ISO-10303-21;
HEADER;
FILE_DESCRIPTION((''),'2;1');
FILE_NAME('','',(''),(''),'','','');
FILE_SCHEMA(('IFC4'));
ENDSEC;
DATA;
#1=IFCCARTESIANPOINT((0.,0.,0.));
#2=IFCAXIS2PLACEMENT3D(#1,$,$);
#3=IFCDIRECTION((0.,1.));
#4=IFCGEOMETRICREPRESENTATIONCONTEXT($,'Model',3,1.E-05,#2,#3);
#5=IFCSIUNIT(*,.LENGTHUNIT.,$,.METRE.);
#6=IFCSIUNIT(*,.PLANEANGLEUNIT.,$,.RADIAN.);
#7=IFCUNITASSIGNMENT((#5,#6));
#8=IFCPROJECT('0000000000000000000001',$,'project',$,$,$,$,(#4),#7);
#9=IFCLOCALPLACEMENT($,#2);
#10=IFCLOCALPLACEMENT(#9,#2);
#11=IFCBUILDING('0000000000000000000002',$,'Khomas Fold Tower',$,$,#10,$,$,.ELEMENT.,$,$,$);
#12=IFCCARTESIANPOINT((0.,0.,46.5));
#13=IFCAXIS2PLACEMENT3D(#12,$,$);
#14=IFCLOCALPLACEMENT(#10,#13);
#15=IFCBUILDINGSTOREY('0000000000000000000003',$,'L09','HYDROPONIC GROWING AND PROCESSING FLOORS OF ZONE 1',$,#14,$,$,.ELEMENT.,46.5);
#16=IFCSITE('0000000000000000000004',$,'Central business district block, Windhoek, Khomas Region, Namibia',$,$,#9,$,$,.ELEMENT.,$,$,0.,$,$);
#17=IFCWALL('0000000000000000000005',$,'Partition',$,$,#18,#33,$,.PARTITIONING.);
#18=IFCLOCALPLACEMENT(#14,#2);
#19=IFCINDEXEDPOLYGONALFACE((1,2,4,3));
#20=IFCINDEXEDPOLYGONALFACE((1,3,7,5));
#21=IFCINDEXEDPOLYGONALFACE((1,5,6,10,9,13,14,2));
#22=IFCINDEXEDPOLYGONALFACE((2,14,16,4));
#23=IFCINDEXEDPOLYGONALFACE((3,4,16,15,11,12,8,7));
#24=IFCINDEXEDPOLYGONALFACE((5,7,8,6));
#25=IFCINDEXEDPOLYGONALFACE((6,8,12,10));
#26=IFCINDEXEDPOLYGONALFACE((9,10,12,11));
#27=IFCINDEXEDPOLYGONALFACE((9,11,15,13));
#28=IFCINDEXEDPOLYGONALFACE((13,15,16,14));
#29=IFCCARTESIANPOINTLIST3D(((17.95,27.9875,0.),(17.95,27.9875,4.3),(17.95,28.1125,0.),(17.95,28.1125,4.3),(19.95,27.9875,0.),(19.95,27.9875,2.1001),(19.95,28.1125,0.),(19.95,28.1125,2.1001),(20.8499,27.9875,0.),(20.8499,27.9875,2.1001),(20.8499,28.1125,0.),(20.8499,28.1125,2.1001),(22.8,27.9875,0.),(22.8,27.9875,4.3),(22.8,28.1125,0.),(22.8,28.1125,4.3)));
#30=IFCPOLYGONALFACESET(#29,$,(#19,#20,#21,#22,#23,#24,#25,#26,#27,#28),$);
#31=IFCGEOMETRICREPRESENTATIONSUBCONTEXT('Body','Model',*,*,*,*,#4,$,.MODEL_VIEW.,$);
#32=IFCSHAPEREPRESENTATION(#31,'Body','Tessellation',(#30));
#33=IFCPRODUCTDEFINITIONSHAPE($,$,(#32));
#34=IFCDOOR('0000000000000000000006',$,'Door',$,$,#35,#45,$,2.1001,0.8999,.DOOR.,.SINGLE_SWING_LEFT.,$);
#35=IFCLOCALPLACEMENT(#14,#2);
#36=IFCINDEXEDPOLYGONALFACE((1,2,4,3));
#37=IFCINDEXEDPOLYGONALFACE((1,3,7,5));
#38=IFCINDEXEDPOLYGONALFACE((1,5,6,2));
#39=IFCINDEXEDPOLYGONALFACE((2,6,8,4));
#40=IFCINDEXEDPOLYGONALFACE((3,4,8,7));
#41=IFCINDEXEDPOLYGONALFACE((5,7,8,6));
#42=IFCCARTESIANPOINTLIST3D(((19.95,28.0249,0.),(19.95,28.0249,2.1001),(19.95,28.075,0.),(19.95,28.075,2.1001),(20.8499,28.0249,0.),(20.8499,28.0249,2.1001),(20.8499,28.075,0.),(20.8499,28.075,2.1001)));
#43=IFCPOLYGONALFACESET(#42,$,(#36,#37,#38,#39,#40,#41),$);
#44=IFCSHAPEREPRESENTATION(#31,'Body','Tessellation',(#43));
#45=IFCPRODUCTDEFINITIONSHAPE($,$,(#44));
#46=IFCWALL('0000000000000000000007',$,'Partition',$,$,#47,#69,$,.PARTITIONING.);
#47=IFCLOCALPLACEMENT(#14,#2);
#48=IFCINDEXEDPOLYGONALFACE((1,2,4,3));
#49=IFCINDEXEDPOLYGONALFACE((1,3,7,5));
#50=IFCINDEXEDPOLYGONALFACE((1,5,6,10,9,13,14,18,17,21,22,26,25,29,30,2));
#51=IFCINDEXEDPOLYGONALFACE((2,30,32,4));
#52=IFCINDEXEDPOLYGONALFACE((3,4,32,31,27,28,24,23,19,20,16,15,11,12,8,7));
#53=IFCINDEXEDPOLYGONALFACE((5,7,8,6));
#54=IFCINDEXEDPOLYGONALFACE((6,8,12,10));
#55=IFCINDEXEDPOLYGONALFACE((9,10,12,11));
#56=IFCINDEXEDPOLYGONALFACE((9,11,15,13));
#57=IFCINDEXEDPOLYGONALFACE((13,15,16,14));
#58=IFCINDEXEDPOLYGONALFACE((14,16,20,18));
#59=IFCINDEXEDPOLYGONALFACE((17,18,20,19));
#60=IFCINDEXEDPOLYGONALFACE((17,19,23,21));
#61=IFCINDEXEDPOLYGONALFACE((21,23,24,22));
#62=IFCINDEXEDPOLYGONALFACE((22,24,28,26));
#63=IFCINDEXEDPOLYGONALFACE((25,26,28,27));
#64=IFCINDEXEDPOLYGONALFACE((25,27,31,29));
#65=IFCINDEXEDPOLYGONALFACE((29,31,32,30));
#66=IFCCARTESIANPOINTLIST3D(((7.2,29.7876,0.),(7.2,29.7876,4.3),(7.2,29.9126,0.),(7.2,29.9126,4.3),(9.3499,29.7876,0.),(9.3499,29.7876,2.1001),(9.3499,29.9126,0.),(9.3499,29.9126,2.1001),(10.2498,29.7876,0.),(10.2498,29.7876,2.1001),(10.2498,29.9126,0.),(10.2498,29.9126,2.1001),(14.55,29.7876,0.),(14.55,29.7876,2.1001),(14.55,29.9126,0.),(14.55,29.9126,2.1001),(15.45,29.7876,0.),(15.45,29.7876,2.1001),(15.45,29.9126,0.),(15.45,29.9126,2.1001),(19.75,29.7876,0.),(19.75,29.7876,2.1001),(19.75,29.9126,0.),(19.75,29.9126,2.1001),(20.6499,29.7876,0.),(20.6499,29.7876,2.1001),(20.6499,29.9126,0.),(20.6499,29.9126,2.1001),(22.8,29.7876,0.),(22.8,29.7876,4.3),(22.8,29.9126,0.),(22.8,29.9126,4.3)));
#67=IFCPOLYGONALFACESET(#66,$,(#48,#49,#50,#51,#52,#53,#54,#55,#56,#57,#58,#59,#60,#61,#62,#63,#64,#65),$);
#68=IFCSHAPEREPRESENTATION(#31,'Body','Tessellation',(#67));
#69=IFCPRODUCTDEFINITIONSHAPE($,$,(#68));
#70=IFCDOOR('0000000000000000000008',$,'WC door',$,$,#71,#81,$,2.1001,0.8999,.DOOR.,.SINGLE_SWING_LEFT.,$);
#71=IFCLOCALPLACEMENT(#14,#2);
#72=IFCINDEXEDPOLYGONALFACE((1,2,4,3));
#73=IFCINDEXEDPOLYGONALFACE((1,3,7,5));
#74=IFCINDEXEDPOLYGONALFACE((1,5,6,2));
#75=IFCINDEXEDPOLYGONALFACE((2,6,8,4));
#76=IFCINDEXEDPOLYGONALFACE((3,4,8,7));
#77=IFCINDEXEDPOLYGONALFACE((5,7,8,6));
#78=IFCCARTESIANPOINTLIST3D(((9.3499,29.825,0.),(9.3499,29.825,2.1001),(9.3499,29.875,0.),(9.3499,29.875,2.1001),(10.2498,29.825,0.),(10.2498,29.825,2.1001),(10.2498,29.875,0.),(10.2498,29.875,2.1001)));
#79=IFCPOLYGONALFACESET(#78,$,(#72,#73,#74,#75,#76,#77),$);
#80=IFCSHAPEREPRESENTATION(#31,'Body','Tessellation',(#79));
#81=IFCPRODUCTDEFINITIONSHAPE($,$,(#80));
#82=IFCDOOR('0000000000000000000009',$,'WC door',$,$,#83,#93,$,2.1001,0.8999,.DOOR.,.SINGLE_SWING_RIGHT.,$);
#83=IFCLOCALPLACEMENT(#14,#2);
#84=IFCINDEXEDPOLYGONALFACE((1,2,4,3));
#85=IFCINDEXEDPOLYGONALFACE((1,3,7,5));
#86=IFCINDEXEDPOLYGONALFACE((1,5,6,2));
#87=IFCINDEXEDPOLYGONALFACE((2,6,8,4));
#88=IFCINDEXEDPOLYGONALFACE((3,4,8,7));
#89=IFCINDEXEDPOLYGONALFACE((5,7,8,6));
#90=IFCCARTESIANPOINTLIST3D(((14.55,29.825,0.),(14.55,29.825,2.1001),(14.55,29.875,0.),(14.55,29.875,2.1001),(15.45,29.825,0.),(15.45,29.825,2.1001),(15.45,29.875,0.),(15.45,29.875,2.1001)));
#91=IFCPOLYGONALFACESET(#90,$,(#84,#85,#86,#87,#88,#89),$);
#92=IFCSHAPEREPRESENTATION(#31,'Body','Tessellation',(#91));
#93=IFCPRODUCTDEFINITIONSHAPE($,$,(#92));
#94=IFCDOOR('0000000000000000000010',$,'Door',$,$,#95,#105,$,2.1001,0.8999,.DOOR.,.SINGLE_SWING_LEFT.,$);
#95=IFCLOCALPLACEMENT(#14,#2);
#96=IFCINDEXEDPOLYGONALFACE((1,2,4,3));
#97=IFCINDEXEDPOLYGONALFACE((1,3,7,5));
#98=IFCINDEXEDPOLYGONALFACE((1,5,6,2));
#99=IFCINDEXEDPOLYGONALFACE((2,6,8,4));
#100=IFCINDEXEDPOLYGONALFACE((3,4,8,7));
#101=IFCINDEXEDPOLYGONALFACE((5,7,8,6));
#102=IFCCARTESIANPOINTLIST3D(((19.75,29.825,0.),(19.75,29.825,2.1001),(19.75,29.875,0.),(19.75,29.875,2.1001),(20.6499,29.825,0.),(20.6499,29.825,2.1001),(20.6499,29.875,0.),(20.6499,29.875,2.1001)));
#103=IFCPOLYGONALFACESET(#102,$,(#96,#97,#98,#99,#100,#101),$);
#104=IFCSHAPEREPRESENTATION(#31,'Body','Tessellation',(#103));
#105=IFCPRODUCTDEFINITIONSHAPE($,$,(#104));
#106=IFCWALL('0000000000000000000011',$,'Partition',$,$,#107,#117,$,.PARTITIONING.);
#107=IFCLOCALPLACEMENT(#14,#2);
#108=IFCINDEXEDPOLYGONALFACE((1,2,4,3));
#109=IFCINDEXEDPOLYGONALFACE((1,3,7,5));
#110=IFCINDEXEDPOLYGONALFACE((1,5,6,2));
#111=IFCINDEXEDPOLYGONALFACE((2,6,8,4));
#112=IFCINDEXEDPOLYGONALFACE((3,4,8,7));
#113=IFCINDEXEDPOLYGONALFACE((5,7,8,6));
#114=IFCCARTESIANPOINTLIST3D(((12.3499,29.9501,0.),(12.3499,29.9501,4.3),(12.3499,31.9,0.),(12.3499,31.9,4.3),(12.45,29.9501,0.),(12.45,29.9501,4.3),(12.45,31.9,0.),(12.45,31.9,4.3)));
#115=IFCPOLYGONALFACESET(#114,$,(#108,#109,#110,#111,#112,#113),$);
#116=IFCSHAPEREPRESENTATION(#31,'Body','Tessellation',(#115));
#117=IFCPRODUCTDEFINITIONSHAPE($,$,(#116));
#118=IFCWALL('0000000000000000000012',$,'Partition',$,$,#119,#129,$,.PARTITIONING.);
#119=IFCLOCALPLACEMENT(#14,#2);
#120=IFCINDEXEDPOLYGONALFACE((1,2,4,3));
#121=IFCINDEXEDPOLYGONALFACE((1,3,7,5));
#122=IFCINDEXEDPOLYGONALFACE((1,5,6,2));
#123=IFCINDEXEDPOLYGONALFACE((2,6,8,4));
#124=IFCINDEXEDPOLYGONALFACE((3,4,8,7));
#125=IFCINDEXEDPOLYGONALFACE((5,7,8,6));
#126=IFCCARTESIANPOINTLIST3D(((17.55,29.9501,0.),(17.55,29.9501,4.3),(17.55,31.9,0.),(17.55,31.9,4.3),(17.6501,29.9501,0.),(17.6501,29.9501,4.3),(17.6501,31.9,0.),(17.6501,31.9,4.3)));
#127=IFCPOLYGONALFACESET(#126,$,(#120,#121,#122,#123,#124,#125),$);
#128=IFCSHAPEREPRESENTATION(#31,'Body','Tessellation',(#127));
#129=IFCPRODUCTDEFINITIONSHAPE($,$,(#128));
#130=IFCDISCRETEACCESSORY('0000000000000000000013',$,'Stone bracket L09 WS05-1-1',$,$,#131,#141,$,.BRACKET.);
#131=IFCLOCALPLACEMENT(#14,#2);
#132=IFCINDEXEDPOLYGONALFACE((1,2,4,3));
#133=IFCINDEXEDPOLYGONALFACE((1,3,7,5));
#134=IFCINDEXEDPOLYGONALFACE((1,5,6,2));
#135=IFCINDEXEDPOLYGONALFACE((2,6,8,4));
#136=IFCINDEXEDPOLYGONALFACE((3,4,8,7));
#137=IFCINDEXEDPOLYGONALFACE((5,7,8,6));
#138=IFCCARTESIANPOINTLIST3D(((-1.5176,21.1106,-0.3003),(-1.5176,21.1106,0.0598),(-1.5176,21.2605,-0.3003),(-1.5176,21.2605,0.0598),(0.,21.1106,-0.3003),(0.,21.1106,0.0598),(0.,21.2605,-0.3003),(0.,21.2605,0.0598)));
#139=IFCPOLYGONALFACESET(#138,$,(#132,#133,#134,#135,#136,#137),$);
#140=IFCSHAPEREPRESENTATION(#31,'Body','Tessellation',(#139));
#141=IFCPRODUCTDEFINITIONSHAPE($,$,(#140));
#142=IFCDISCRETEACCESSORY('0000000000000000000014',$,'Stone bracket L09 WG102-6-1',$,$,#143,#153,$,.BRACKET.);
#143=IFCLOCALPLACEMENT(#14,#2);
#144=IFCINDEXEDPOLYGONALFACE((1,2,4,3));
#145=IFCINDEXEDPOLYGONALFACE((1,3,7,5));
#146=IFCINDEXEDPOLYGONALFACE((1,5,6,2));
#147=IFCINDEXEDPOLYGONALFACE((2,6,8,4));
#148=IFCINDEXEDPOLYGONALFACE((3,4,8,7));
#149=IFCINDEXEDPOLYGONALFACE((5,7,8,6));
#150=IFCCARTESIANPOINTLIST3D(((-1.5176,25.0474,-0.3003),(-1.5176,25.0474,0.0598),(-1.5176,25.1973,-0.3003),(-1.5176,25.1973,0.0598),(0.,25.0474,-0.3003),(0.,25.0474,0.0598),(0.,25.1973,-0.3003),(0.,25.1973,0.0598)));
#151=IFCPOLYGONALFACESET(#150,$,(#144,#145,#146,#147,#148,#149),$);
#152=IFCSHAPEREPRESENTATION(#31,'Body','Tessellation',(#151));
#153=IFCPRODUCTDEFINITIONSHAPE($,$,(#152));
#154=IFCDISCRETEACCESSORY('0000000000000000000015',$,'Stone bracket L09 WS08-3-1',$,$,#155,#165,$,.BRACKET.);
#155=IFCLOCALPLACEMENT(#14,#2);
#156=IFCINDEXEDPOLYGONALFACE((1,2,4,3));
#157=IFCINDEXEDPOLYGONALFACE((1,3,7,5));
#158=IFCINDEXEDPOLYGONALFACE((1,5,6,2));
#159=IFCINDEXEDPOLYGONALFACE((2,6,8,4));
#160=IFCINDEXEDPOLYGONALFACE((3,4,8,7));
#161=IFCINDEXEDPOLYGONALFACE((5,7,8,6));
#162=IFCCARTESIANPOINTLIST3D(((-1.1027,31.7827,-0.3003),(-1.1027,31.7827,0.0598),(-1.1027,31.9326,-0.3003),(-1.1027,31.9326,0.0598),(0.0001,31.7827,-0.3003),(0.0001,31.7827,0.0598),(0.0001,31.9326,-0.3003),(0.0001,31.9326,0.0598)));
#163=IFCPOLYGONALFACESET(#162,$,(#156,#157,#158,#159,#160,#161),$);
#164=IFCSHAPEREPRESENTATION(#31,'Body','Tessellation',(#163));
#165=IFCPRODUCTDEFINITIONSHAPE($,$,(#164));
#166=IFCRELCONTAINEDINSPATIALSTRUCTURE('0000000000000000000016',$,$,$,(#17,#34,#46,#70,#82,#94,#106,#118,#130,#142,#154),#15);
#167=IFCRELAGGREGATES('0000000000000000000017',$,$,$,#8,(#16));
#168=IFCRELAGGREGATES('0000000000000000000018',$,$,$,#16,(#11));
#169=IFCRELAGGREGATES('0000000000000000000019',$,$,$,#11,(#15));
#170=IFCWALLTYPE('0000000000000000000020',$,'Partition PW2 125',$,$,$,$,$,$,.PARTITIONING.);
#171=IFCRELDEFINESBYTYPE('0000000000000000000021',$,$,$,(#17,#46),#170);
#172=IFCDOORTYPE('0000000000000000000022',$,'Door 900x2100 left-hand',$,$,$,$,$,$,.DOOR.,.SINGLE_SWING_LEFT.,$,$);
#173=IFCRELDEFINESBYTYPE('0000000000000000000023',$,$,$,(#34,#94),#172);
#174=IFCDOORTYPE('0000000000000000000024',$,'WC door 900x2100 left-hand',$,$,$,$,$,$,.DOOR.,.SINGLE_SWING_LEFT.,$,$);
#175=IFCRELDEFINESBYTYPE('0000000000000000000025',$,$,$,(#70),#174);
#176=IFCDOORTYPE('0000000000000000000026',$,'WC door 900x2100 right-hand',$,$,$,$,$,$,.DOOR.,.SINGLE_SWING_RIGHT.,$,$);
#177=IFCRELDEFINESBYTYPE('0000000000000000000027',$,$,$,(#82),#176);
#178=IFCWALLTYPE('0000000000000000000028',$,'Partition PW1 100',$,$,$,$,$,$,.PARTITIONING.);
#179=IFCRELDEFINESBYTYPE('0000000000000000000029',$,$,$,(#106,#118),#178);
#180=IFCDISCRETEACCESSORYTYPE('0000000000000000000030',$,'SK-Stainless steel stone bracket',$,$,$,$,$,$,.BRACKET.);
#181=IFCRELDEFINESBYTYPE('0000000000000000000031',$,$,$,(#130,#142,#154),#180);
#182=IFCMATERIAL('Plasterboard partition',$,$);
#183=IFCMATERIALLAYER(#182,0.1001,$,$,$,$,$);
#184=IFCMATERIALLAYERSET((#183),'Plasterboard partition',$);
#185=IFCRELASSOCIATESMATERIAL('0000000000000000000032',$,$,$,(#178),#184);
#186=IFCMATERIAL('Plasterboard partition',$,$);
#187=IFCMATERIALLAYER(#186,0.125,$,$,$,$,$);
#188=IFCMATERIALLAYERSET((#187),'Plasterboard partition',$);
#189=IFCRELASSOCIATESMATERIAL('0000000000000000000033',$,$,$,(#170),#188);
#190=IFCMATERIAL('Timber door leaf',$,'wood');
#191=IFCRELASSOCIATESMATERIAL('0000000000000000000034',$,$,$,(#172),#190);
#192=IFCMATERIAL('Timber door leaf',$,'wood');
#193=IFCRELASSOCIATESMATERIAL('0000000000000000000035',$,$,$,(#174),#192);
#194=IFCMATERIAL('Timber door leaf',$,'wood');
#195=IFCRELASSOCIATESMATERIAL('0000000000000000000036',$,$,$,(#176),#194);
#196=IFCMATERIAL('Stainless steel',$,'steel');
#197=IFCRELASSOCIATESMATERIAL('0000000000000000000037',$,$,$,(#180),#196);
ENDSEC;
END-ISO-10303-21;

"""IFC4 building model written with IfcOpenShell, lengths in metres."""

from ifc_helpers import new_model, si_unit, direction, frame, frame_2d, origin, origin_2d, place, context, subcontext, project, spatial, rectangle, extrude, source, transform, mapped, material, layer, layer_set, type_object, element, fill, save


model = new_model("IFC4")

# Units and contexts
model_context = context("Model", 3, precision=1e-05, world=origin(), true_north=direction((0.0, 1.0)))
body_context = subcontext(model_context, "Body", "Model", "MODEL_VIEW")
ifc_project = project(units=[si_unit("LENGTHUNIT", "METRE"), si_unit("PLANEANGLEUNIT", "RADIAN")], contexts=[model_context])

# Site, building, storey
site_placement = place(None, origin())
site = spatial("IfcSite", under=ifc_project, at=site_placement, Name="Central business district block, Windhoek, Khomas Region, Namibia", CompositionType="ELEMENT", RefElevation=0.0)
building_placement = place(site_placement, origin())
building = spatial("IfcBuilding", under=site, at=building_placement, Name="Khomas Fold Tower", CompositionType="ELEMENT")
storey_placement = place(building_placement, frame((0.0, 0.0, 46.5)))
storey = spatial("IfcBuildingStorey", under=building, at=storey_placement, Name="L09", Description="HYDROPONIC GROWING AND PROCESSING FLOORS OF ZONE 1", CompositionType="ELEMENT", Elevation=46.5)

# Shared definitions
ifc_material_1 = material(Name="Plasterboard partition")
ifc_layer_1 = layer(ifc_material_1, 0.1001)
ifc_layer_set_1 = layer_set([ifc_layer_1], Name="Plasterboard partition")
wall_type_1 = type_object("IfcWallType", Name="Partition PW1 100", PredefinedType="PARTITIONING", material=ifc_layer_set_1)

# Wall, opening, door
ifc_material_2 = material(Name="Plasterboard partition")
ifc_layer_2 = layer(ifc_material_2, 0.125)
ifc_layer_set_2 = layer_set([ifc_layer_2], Name="Plasterboard partition")
wall_type_2 = type_object("IfcWallType", Name="Partition PW2 125", PredefinedType="PARTITIONING", material=ifc_layer_set_2)
shared_shape_1 = source(origin(), body_context, "Body", "SweptSolid", [
    extrude(rectangle(XDim=0.8999, YDim=2.1001, at=frame_2d((0.45, 1.05))), frame((0.0, 0.0249, 0.0), z_axis=(0.0, -1.0, 0.0), x_axis=(1.0, 0.0, 0.0)), (0.0, 0.0, 1.0), 0.05),
])
shared_shape_2 = source(origin(), body_context, "Body", "SweptSolid", [
    extrude(rectangle(XDim=4.8501, YDim=0.125, at=frame_2d((2.425, 0.0))), origin(), (0.0, 0.0, 1.0), 4.3),
])
wall_1_placement = place(storey_placement, frame((17.95, 28.05, 0.0), z_axis=(0.0, 0.0, 1.0), x_axis=(1.0, 0.0, 0.0)))
wall_1 = element("IfcWall", 1, at=wall_1_placement, inside=storey, type_object=wall_type_2, Name="Partition", PredefinedType="PARTITIONING", context=body_context, shape_type="MappedRepresentation", body=[
    mapped(shared_shape_2, transform((0.0, 0.0, 0.0))),
])
shared_shape_3 = source(origin(), body_context, "Body", "SweptSolid", [
    extrude(rectangle(XDim=0.8999, YDim=2.1001, at=frame_2d((0.45, 1.05))), frame((0.0, 0.0725, 0.0), z_axis=(0.0, -1.0, 0.0), x_axis=(1.0, 0.0, 0.0)), (0.0, 0.0, 1.0), 0.145),
])
opening_1_placement = place(wall_1_placement, frame((2.0, 0.0, 0.0)))
opening_1 = element("IfcOpeningElement", 2, at=opening_1_placement, cuts=wall_1, PredefinedType="OPENING", context=body_context, shape_type="MappedRepresentation", body=[
    mapped(shared_shape_3, transform((0.0, 0.0, 0.0))),
])
ifc_material_3 = material(Name="Timber door leaf", Category="wood")
door_type_1 = type_object("IfcDoorType", Name="Door 900x2100 left-hand", OperationType="SINGLE_SWING_LEFT", PredefinedType="DOOR", material=ifc_material_3)
door_1_placement = place(opening_1_placement, origin())
door_1 = element("IfcDoor", 3, at=door_1_placement, inside=storey, type_object=door_type_1, Name="Door", OperationType="SINGLE_SWING_LEFT", OverallHeight=2.1001, OverallWidth=0.8999, PredefinedType="DOOR", context=body_context, shape_type="MappedRepresentation", body=[
    mapped(shared_shape_1, transform((0.0, 0.0, 0.0))),
])
fill(opening_1, door_1)

# Wall, openings, doors
shared_shape_4 = source(origin(), body_context, "Body", "SweptSolid", [
    extrude(rectangle(XDim=15.6001, YDim=0.125, at=frame_2d((7.8, 0.0))), origin(), (0.0, 0.0, 1.0), 4.3),
])
wall_2_placement = place(storey_placement, frame((7.2, 29.8501, 0.0), z_axis=(0.0, 0.0, 1.0), x_axis=(1.0, 0.0, 0.0)))
wall_2 = element("IfcWall", 4, at=wall_2_placement, inside=storey, type_object=wall_type_2, Name="Partition", PredefinedType="PARTITIONING", context=body_context, shape_type="MappedRepresentation", body=[
    mapped(shared_shape_4, transform((0.0, 0.0, 0.0))),
])
opening_2_placement = place(wall_2_placement, frame((2.1499, 0.0, 0.0)))
opening_2 = element("IfcOpeningElement", 5, at=opening_2_placement, cuts=wall_2, PredefinedType="OPENING", context=body_context, shape_type="MappedRepresentation", body=[
    mapped(shared_shape_3, transform((0.0, 0.0, 0.0))),
])
opening_3_placement = place(wall_2_placement, frame((7.3501, 0.0, 0.0)))
opening_3 = element("IfcOpeningElement", 6, at=opening_3_placement, cuts=wall_2, PredefinedType="OPENING", context=body_context, shape_type="MappedRepresentation", body=[
    mapped(shared_shape_3, transform((0.0, 0.0, 0.0))),
])
opening_4_placement = place(wall_2_placement, frame((12.55, 0.0, 0.0)))
opening_4 = element("IfcOpeningElement", 7, at=opening_4_placement, cuts=wall_2, PredefinedType="OPENING", context=body_context, shape_type="MappedRepresentation", body=[
    mapped(shared_shape_3, transform((0.0, 0.0, 0.0))),
])
ifc_material_4 = material(Name="Timber door leaf", Category="wood")
door_type_2 = type_object("IfcDoorType", Name="WC door 900x2100 left-hand", OperationType="SINGLE_SWING_LEFT", PredefinedType="DOOR", material=ifc_material_4)
door_2_placement = place(opening_2_placement, origin())
door_2 = element("IfcDoor", 8, at=door_2_placement, inside=storey, type_object=door_type_2, Name="WC door", OperationType="SINGLE_SWING_LEFT", OverallHeight=2.1001, OverallWidth=0.8999, PredefinedType="DOOR", context=body_context, shape_type="MappedRepresentation", body=[
    mapped(shared_shape_1, transform((0.0, 0.0, 0.0))),
])
fill(opening_2, door_2)
ifc_material_5 = material(Name="Timber door leaf", Category="wood")
door_type_3 = type_object("IfcDoorType", Name="WC door 900x2100 right-hand", OperationType="SINGLE_SWING_RIGHT", PredefinedType="DOOR", material=ifc_material_5)
door_3_placement = place(opening_3_placement, origin())
door_3 = element("IfcDoor", 9, at=door_3_placement, inside=storey, type_object=door_type_3, Name="WC door", OperationType="SINGLE_SWING_RIGHT", OverallHeight=2.1001, OverallWidth=0.8999, PredefinedType="DOOR", context=body_context, shape_type="MappedRepresentation", body=[
    mapped(shared_shape_1, transform((0.0, 0.0, 0.0))),
])
fill(opening_3, door_3)
door_4_placement = place(opening_4_placement, origin())
door_4 = element("IfcDoor", 10, at=door_4_placement, inside=storey, type_object=door_type_1, Name="Door", OperationType="SINGLE_SWING_LEFT", OverallHeight=2.1001, OverallWidth=0.8999, PredefinedType="DOOR", context=body_context, shape_type="MappedRepresentation", body=[
    mapped(shared_shape_1, transform((0.0, 0.0, 0.0))),
])
fill(opening_4, door_4)

# Walls
shared_shape_5 = source(origin(), body_context, "Body", "SweptSolid", [
    extrude(rectangle(XDim=1.95, YDim=0.1001, at=frame_2d((0.9751, 0.0))), origin(), (0.0, 0.0, 1.0), 4.3),
])
for number, where, z_axis, x_axis, name in (
    (11, (12.3999, 29.95, 0.0), (0.0, 0.0, 1.0), (0.0, 1.0, 0.0), "Partition"),
    (12, (17.6001, 29.95, 0.0), (0.0, 0.0, 1.0), (0.0, 1.0, 0.0), "Partition"),
):
    element("IfcWall", number, at=place(storey_placement, frame(where, z_axis=z_axis, x_axis=x_axis)), inside=storey, type_object=wall_type_1, Name=name, PredefinedType="PARTITIONING", context=body_context, shape_type="MappedRepresentation", body=[
        mapped(shared_shape_5, transform((0.0, 0.0, 0.0))),
    ])

# Discrete accessories
ifc_material_6 = material(Name="Stainless steel", Category="steel")
discrete_accessory_type = type_object("IfcDiscreteAccessoryType", Name="SK-Stainless steel stone bracket", PredefinedType="BRACKET", material=ifc_material_6)
shared_shape_6 = source(origin(), body_context, "Body", "SweptSolid", [
    extrude(rectangle(XDim=1.5176, YDim=0.1499, at=origin_2d()), origin(), (0.0, 0.0, 1.0), 0.3601),
])
for number, where, z_axis, x_axis, name in (
    (13, (-0.7588, 21.1855, -0.3003), (0.0, 0.0, 1.0), (-1.0, 0.0, 0.0), "Stone bracket L09 WS05-1-1"),
    (14, (-0.7588, 25.1223, -0.3003), (0.0, 0.0, 1.0), (-1.0, 0.0, 0.0), "Stone bracket L09 WG102-6-1"),
):
    element("IfcDiscreteAccessory", number, at=place(storey_placement, frame(where, z_axis=z_axis, x_axis=x_axis)), inside=storey, type_object=discrete_accessory_type, Name=name, PredefinedType="BRACKET", context=body_context, shape_type="MappedRepresentation", body=[
        mapped(shared_shape_6, transform((0.0, 0.0, 0.0))),
    ])
shared_shape_7 = source(origin(), body_context, "Body", "SweptSolid", [
    extrude(rectangle(XDim=1.1028, YDim=0.1499, at=origin_2d()), origin(), (0.0, 0.0, 1.0), 0.3601),
])
discrete_accessory_placement = place(storey_placement, frame((-0.5513, 31.8577, -0.3003), z_axis=(0.0, 0.0, 1.0), x_axis=(-1.0, 0.0, 0.0)))
element("IfcDiscreteAccessory", 15, at=discrete_accessory_placement, inside=storey, type_object=discrete_accessory_type, Name="Stone bracket L09 WS08-3-1", PredefinedType="BRACKET", context=body_context, shape_type="MappedRepresentation", body=[
    mapped(shared_shape_7, transform((0.0, 0.0, 0.0))),
])

save(model, "model.ifc")
